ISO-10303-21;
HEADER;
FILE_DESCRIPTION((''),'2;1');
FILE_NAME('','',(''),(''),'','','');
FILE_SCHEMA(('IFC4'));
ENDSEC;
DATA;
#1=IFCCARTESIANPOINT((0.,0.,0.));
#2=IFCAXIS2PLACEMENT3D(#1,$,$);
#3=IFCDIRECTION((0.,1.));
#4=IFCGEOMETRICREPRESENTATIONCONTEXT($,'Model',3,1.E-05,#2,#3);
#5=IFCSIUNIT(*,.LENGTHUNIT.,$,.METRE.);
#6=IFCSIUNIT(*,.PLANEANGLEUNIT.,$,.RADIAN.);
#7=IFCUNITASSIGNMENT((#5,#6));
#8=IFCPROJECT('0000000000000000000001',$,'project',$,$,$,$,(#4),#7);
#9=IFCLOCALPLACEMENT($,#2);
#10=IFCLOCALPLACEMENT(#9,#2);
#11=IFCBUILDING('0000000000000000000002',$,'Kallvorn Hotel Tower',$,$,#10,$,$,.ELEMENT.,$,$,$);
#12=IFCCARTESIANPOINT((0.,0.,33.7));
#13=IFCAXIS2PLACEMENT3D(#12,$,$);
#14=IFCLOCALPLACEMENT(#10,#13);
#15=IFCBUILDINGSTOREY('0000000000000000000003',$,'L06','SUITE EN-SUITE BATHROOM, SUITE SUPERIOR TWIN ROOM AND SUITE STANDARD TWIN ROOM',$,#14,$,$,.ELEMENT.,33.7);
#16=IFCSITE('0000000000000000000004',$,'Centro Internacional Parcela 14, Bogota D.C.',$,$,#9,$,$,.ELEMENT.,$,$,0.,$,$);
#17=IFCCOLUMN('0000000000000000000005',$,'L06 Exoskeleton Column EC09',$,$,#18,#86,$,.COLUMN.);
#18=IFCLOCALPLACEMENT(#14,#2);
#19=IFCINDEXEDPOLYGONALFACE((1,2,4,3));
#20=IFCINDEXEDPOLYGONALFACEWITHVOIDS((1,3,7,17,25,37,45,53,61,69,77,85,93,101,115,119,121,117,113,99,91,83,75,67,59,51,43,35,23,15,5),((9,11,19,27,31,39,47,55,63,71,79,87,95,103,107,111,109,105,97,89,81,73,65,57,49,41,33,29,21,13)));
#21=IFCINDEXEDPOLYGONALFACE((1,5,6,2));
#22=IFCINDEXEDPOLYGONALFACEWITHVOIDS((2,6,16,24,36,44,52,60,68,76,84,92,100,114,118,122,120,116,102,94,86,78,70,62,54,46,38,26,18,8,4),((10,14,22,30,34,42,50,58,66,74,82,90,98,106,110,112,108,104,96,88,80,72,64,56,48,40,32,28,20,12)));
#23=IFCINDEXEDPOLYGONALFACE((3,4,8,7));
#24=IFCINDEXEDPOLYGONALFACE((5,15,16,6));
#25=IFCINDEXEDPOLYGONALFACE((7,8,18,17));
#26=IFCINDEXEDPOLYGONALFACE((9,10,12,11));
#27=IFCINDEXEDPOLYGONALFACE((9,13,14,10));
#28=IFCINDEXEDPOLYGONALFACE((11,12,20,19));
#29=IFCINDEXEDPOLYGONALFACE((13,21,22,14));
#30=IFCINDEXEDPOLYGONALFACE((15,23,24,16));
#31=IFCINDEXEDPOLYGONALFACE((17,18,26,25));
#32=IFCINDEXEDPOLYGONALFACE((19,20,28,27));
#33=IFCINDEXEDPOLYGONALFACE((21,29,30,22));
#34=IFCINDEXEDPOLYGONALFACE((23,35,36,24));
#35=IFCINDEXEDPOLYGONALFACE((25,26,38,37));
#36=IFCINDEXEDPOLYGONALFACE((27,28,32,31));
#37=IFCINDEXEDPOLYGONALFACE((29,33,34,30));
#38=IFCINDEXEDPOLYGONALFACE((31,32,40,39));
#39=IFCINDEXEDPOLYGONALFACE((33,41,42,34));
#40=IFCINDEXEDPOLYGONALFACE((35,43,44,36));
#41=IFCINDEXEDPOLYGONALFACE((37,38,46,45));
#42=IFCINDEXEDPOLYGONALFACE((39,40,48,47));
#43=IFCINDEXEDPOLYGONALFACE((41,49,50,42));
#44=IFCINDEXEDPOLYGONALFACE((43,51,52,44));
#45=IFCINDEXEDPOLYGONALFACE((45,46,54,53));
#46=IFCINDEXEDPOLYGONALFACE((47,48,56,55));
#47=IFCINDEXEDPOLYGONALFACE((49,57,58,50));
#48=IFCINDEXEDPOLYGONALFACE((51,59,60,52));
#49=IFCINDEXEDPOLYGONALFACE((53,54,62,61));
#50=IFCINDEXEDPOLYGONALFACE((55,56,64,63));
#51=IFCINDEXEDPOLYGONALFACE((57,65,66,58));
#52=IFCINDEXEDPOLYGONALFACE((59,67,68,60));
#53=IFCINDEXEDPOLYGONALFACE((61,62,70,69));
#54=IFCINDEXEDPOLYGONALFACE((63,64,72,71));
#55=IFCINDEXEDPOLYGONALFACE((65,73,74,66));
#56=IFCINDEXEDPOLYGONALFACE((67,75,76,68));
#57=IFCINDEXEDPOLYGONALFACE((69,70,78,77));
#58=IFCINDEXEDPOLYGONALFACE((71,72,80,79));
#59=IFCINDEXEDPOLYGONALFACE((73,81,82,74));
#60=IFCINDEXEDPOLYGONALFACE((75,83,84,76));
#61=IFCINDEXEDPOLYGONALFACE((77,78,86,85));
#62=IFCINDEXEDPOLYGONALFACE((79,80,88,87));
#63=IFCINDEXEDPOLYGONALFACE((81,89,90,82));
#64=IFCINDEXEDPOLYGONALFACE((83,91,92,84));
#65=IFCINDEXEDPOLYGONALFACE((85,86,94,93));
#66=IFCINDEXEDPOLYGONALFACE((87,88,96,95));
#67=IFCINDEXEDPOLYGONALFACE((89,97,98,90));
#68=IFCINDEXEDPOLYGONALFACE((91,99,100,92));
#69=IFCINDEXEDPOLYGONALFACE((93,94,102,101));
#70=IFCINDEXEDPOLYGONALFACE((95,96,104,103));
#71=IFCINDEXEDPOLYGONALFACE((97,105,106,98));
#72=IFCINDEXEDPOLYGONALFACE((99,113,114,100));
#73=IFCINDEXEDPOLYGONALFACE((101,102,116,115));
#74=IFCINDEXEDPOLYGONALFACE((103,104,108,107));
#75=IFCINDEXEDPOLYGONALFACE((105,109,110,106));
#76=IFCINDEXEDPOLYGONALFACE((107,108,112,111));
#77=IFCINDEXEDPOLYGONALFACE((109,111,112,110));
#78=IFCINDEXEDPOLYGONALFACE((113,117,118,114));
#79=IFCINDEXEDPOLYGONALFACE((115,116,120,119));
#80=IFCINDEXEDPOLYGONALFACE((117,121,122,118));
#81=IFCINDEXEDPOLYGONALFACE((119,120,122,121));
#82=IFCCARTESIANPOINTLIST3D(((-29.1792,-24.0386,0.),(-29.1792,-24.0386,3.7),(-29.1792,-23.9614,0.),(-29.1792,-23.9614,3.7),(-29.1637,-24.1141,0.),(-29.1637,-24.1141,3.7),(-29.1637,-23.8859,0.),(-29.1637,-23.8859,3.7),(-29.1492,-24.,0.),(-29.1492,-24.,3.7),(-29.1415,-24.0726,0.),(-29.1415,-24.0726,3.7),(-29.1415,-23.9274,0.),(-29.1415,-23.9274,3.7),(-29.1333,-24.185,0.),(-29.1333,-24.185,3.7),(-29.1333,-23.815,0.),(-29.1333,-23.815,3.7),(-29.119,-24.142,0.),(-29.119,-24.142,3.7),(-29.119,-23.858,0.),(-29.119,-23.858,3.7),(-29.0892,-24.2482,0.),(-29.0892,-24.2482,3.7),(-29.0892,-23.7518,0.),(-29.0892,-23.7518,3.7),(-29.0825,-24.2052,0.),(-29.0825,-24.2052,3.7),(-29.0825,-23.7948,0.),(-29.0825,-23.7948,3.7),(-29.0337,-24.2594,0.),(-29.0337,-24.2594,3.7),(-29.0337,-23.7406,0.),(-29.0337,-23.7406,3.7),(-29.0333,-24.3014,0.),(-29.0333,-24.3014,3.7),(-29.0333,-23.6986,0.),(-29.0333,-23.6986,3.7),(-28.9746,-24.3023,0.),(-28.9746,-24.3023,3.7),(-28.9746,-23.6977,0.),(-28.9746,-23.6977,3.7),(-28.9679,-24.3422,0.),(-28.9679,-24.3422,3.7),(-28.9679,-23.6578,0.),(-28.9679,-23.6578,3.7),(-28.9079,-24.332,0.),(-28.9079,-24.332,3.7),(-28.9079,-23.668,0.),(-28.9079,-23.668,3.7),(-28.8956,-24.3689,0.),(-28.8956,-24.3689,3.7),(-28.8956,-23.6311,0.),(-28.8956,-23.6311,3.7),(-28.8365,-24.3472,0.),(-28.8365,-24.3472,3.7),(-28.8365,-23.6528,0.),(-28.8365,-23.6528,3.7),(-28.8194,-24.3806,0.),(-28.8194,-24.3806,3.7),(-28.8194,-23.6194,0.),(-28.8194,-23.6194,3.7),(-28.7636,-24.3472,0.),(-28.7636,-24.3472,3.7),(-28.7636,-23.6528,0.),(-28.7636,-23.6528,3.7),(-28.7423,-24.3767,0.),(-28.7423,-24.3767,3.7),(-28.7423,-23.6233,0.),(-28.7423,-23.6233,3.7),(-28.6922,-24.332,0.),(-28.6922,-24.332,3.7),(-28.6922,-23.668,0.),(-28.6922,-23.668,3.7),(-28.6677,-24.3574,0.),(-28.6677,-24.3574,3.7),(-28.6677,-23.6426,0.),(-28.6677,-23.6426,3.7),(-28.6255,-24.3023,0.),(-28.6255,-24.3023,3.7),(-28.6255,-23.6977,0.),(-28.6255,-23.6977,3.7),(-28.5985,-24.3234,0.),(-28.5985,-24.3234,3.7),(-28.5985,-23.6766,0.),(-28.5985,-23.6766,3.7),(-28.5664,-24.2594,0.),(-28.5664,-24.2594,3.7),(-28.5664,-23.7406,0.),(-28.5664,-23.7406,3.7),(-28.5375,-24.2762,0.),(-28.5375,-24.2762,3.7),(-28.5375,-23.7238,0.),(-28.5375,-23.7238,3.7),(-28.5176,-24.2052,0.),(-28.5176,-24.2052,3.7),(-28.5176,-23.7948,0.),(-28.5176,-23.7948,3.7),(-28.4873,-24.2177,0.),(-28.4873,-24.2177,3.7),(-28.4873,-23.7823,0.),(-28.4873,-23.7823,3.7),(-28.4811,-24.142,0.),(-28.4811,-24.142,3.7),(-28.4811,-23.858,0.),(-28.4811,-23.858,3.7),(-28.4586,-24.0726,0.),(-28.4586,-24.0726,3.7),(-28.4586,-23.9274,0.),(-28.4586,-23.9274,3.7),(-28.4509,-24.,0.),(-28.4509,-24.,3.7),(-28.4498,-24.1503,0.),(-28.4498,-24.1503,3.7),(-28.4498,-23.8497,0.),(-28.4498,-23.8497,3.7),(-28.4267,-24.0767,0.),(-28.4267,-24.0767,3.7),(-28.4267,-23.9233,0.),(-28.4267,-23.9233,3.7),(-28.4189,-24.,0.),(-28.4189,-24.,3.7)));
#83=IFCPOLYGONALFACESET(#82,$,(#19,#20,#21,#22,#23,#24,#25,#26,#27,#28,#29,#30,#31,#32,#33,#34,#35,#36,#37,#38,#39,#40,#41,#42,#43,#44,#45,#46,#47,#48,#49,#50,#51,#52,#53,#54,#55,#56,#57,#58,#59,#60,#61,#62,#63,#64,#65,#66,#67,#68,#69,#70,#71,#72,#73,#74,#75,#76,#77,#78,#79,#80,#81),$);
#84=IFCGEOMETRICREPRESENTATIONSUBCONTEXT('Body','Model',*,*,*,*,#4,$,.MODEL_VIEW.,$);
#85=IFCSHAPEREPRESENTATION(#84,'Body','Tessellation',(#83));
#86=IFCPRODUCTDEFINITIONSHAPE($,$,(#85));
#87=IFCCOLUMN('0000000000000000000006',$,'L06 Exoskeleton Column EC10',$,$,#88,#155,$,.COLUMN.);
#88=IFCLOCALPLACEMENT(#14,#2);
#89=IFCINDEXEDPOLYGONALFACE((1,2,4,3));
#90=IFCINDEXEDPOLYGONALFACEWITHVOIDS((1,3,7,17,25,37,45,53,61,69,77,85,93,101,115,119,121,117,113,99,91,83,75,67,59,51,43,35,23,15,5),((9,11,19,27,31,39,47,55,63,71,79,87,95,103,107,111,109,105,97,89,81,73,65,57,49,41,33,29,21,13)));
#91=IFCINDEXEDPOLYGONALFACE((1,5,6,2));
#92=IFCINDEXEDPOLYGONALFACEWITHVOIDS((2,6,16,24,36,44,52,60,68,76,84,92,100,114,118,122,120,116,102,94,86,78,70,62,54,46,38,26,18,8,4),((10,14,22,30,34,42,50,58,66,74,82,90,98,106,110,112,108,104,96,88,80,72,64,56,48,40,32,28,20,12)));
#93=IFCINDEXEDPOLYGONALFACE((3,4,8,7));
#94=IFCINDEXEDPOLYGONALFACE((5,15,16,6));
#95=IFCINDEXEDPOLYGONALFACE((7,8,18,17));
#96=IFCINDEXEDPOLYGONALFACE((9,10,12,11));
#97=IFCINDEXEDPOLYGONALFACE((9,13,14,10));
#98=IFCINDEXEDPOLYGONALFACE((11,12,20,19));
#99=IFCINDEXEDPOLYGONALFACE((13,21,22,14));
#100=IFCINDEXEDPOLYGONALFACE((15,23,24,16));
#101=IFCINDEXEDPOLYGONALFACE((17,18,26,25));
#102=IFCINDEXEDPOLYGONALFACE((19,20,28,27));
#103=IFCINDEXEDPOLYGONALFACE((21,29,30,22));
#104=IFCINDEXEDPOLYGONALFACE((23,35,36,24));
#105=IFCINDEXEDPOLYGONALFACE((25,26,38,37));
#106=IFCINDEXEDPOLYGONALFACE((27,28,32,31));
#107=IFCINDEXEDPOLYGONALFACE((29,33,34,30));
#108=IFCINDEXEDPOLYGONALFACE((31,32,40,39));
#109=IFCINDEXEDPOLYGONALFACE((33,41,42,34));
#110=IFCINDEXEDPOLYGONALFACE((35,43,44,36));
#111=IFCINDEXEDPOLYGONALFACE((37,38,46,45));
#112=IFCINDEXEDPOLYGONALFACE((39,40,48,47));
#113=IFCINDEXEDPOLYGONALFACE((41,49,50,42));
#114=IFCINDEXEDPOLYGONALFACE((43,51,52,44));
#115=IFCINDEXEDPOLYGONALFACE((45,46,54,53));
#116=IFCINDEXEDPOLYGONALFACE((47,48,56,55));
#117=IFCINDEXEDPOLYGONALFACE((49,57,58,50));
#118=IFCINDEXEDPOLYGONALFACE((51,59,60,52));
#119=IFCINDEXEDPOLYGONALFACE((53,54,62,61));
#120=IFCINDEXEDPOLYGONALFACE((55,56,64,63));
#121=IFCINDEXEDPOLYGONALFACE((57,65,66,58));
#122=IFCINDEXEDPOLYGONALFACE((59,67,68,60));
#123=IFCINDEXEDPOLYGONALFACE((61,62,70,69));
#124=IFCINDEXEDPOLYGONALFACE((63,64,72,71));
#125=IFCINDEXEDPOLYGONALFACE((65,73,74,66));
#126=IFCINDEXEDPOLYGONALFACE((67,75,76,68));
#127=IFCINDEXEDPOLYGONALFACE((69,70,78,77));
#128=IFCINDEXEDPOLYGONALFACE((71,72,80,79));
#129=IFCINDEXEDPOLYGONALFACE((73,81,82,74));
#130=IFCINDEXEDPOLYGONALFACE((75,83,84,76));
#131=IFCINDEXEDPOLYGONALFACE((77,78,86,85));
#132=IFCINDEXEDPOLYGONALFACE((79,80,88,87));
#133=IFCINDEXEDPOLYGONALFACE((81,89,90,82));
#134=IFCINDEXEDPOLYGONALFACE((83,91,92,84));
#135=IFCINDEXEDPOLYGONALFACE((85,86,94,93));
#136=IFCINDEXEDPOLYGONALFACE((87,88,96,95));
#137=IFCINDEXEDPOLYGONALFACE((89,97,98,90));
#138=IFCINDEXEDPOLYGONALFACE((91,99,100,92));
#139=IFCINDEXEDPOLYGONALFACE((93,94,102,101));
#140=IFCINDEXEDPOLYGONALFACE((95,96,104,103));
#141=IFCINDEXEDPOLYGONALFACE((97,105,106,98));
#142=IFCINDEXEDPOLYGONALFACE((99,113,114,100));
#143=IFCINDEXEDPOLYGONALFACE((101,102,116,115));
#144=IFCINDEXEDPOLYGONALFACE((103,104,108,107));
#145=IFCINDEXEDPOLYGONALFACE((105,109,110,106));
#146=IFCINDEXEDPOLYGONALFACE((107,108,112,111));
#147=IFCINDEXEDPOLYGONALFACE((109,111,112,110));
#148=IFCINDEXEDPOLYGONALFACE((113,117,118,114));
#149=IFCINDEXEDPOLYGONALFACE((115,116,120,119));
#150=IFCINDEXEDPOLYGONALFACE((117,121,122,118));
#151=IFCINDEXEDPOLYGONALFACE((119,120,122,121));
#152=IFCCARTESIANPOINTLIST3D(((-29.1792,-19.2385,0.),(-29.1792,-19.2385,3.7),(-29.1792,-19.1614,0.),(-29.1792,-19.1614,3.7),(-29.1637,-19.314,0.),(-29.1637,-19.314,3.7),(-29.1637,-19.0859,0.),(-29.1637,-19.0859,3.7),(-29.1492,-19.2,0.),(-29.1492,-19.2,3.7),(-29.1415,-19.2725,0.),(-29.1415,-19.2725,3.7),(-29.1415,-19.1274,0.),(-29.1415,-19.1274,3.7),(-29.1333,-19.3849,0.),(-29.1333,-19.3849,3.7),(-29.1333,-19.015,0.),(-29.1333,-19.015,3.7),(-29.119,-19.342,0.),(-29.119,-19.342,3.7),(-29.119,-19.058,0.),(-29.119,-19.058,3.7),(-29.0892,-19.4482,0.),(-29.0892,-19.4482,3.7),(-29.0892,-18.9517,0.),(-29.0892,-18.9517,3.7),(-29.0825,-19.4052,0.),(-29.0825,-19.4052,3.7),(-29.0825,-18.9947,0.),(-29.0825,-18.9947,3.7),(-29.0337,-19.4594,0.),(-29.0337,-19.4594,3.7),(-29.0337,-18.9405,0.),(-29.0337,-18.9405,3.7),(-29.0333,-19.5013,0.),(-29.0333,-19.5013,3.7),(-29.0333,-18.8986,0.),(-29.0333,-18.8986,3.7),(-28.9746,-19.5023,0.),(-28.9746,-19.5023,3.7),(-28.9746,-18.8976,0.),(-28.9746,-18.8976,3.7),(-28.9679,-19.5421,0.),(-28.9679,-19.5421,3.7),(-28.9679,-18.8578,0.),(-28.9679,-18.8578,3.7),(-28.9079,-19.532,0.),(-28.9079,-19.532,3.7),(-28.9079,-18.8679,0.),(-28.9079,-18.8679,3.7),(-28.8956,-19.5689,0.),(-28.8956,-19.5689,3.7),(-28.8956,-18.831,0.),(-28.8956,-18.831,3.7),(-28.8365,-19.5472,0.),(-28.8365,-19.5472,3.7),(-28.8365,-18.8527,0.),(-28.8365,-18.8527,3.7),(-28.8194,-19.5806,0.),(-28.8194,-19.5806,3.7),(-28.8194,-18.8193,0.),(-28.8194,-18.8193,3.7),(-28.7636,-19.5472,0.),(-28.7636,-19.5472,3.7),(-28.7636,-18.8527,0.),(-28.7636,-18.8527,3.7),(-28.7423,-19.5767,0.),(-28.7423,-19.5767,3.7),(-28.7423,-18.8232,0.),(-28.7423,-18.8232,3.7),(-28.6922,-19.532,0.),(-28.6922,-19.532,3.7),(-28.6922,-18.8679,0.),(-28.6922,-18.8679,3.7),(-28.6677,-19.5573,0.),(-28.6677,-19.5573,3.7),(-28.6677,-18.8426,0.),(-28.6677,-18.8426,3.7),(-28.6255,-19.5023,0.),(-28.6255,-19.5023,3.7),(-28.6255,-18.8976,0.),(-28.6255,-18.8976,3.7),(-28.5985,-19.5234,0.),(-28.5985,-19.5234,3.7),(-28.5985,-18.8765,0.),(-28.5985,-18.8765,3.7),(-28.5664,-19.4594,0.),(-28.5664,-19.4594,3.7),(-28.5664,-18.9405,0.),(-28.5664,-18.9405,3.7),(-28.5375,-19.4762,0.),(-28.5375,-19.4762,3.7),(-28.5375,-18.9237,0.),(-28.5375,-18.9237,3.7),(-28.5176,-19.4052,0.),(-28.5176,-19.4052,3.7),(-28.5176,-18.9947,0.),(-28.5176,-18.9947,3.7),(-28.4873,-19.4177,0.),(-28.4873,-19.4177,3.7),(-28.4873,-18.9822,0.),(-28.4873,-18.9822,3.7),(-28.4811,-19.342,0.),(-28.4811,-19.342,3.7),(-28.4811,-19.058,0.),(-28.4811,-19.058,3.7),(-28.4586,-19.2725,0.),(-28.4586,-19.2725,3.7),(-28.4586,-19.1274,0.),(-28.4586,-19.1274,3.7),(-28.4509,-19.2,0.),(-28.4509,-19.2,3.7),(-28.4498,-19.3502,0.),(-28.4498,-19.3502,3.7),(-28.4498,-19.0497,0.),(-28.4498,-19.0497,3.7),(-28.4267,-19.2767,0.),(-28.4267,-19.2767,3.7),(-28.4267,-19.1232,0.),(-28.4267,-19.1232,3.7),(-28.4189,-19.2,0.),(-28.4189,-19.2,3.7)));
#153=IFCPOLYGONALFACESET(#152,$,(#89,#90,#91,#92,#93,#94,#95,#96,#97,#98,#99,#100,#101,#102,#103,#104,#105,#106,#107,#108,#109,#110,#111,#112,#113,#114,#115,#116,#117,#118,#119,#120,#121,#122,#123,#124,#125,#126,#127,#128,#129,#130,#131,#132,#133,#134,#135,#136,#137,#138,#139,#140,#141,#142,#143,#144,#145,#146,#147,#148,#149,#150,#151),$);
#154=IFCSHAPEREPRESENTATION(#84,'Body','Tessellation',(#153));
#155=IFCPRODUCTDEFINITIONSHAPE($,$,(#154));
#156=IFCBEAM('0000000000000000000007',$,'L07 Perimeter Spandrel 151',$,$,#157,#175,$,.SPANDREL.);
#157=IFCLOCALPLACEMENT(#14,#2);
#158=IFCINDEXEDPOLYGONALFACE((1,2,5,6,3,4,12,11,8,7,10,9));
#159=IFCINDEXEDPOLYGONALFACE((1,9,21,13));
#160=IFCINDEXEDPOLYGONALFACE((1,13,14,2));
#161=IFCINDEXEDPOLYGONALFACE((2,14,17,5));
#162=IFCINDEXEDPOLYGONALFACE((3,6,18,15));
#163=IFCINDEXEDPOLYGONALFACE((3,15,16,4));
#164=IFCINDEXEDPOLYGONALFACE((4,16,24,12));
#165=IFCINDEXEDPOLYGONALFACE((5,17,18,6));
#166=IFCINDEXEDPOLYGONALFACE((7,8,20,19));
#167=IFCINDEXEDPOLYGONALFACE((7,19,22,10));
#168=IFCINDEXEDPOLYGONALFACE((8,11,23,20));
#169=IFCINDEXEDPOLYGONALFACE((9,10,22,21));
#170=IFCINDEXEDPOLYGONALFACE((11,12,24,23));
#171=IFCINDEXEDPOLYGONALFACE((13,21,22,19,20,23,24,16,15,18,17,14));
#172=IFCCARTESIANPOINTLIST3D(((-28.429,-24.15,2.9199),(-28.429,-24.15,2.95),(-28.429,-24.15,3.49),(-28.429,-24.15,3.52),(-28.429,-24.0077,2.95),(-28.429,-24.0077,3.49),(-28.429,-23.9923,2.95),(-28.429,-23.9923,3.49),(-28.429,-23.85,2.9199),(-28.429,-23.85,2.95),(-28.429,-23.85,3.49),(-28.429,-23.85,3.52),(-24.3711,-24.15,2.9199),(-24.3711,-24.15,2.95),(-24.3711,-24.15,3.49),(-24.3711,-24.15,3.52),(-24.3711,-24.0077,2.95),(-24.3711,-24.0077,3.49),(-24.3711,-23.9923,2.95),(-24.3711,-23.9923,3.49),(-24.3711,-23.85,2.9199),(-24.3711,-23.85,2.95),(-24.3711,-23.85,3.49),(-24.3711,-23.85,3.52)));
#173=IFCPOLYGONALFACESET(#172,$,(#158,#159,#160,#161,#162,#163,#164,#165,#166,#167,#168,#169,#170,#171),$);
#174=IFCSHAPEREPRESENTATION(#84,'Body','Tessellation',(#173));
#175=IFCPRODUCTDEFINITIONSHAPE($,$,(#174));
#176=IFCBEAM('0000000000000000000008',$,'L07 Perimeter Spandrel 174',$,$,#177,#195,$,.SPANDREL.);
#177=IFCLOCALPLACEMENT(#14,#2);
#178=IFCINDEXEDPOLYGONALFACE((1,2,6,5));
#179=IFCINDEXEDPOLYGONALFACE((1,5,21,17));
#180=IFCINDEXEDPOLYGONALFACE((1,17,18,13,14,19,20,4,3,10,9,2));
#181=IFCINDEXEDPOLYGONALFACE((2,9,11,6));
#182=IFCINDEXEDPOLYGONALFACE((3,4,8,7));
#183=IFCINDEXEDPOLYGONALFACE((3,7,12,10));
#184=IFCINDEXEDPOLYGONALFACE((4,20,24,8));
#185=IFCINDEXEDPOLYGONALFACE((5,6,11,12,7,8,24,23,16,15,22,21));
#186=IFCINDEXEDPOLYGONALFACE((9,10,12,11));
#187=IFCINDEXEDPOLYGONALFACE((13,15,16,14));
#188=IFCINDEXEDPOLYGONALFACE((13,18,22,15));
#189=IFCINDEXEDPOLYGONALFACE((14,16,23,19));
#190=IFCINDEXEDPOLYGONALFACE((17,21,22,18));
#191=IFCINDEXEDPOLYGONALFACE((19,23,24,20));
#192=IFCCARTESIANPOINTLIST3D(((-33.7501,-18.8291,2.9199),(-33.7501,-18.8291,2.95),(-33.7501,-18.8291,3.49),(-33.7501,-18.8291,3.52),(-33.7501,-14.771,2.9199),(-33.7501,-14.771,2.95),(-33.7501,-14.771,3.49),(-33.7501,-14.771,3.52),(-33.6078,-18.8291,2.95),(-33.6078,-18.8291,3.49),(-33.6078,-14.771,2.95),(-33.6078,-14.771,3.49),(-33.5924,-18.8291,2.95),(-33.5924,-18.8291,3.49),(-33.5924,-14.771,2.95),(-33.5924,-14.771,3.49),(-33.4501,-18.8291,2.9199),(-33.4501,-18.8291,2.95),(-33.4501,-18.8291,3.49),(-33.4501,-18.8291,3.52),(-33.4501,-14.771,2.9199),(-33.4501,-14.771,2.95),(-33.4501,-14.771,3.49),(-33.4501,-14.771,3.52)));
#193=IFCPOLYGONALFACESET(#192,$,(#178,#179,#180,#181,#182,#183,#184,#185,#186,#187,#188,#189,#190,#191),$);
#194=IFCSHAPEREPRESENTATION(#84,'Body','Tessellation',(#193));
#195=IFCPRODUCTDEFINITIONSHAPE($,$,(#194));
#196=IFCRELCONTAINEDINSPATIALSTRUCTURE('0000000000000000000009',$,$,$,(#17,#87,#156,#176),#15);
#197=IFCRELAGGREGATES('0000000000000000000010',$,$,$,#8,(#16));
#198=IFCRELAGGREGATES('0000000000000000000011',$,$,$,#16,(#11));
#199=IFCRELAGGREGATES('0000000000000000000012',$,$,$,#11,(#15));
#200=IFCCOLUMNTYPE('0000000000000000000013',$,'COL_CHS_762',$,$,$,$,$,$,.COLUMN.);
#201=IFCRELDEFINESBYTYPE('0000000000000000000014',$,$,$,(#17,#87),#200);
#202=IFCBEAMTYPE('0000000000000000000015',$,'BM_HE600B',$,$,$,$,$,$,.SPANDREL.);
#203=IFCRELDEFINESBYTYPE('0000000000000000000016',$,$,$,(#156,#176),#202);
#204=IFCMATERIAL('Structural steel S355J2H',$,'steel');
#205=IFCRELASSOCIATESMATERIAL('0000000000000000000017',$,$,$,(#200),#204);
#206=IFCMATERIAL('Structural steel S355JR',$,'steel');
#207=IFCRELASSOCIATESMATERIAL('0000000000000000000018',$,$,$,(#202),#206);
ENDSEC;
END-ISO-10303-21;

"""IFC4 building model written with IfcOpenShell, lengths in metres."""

from ifc_helpers import new_model, si_unit, direction, frame, origin, origin_2d, place, context, subcontext, project, spatial, hollow_circle, i_section, extrude, material, material_profile, profile_set, type_object, element, save


model = new_model("IFC4")

# Units and contexts
model_context = context("Model", 3, precision=1e-05, world=origin(), true_north=direction((0.0, 1.0)))
body_context = subcontext(model_context, "Body", "Model", "MODEL_VIEW")
ifc_project = project(units=[si_unit("LENGTHUNIT", "METRE"), si_unit("PLANEANGLEUNIT", "RADIAN")], contexts=[model_context])

# Site, building, storey
site_placement = place(None, origin())
site = spatial("IfcSite", under=ifc_project, at=site_placement, Name="Centro Internacional Parcela 14, Bogota D.C.", CompositionType="ELEMENT", RefElevation=0.0)
building_placement = place(site_placement, origin())
building = spatial("IfcBuilding", under=site, at=building_placement, Name="Kallvorn Hotel Tower", CompositionType="ELEMENT")
storey_placement = place(building_placement, frame((0.0, 0.0, 33.7)))
storey = spatial("IfcBuildingStorey", under=building, at=storey_placement, Name="L06", Description="SUITE EN-SUITE BATHROOM, SUITE SUPERIOR TWIN ROOM AND SUITE STANDARD TWIN ROOM", CompositionType="ELEMENT", Elevation=33.7)

# Columns
ifc_material_1 = material(Name="Structural steel S355J2H", Category="steel")
ifc_material_profile_1 = material_profile(ifc_material_1, hollow_circle(Radius=0.3811, WallThickness=0.032, at=origin_2d()), Name="CHS 762x32")
ifc_profile_set_1 = profile_set([ifc_material_profile_1], Name="Structural steel S355J2H")
column_type = type_object("IfcColumnType", Name="COL_CHS_762", PredefinedType="COLUMN", material=ifc_profile_set_1)
for number, where, z_axis, x_axis, name in (
    (1, (-28.8, -24.0, 0.0), (0.0, 0.0, 1.0), (1.0, 0.0, 0.0), "L06 Exoskeleton Column EC09"),
    (2, (-28.8, -19.2, 0.0), (0.0, 0.0, 1.0), (1.0, 0.0, 0.0), "L06 Exoskeleton Column EC10"),
):
    element("IfcColumn", number, at=place(storey_placement, frame(where, z_axis=z_axis, x_axis=x_axis)), inside=storey, type_object=column_type, Name=name, PredefinedType="COLUMN", context=body_context, shape_type="SweptSolid", body=[
        extrude(hollow_circle(Radius=0.3811, WallThickness=0.032, at=origin_2d()), origin(), (0.0, 0.0, 1.0), 3.7),
    ])

# Beams
ifc_material_2 = material(Name="Structural steel S355JR", Category="steel")
ifc_material_profile_2 = material_profile(ifc_material_2, i_section(OverallWidth=0.3, OverallDepth=0.6001, WebThickness=0.0154, FlangeThickness=0.03, at=origin_2d()), Name="HE 600 B")
ifc_profile_set_2 = profile_set([ifc_material_profile_2], Name="Structural steel S355JR")
beam_type_1 = type_object("IfcBeamType", Name="BM_HE600B", PredefinedType="SPANDREL", material=ifc_profile_set_2)
beam_1_placement = place(storey_placement, frame((-28.429, -24.0, 3.22), z_axis=(1.0, 0.0, 0.0), x_axis=(0.0, 1.0, 0.0)))
element("IfcBeam", 3, at=beam_1_placement, inside=storey, type_object=beam_type_1, Name="L07 Perimeter Spandrel 151", PredefinedType="SPANDREL", context=body_context, shape_type="SweptSolid", body=[
    extrude(i_section(OverallWidth=0.3, OverallDepth=0.6001, WebThickness=0.0154, FlangeThickness=0.03, at=origin_2d()), origin(), (0.0, 0.0, 1.0), 4.0579),
])
beam_2_placement = place(storey_placement, frame((-33.6001, -18.8291, 3.22), z_axis=(0.0, 1.0, 0.0), x_axis=(-1.0, 0.0, 0.0)))
element("IfcBeam", 4, at=beam_2_placement, inside=storey, type_object=beam_type_1, Name="L07 Perimeter Spandrel 174", PredefinedType="SPANDREL", context=body_context, shape_type="SweptSolid", body=[
    extrude(i_section(OverallWidth=0.3, OverallDepth=0.6001, WebThickness=0.0154, FlangeThickness=0.03, at=origin_2d()), origin(), (0.0, 0.0, 1.0), 4.0581),
])

save(model, "model.ifc")
